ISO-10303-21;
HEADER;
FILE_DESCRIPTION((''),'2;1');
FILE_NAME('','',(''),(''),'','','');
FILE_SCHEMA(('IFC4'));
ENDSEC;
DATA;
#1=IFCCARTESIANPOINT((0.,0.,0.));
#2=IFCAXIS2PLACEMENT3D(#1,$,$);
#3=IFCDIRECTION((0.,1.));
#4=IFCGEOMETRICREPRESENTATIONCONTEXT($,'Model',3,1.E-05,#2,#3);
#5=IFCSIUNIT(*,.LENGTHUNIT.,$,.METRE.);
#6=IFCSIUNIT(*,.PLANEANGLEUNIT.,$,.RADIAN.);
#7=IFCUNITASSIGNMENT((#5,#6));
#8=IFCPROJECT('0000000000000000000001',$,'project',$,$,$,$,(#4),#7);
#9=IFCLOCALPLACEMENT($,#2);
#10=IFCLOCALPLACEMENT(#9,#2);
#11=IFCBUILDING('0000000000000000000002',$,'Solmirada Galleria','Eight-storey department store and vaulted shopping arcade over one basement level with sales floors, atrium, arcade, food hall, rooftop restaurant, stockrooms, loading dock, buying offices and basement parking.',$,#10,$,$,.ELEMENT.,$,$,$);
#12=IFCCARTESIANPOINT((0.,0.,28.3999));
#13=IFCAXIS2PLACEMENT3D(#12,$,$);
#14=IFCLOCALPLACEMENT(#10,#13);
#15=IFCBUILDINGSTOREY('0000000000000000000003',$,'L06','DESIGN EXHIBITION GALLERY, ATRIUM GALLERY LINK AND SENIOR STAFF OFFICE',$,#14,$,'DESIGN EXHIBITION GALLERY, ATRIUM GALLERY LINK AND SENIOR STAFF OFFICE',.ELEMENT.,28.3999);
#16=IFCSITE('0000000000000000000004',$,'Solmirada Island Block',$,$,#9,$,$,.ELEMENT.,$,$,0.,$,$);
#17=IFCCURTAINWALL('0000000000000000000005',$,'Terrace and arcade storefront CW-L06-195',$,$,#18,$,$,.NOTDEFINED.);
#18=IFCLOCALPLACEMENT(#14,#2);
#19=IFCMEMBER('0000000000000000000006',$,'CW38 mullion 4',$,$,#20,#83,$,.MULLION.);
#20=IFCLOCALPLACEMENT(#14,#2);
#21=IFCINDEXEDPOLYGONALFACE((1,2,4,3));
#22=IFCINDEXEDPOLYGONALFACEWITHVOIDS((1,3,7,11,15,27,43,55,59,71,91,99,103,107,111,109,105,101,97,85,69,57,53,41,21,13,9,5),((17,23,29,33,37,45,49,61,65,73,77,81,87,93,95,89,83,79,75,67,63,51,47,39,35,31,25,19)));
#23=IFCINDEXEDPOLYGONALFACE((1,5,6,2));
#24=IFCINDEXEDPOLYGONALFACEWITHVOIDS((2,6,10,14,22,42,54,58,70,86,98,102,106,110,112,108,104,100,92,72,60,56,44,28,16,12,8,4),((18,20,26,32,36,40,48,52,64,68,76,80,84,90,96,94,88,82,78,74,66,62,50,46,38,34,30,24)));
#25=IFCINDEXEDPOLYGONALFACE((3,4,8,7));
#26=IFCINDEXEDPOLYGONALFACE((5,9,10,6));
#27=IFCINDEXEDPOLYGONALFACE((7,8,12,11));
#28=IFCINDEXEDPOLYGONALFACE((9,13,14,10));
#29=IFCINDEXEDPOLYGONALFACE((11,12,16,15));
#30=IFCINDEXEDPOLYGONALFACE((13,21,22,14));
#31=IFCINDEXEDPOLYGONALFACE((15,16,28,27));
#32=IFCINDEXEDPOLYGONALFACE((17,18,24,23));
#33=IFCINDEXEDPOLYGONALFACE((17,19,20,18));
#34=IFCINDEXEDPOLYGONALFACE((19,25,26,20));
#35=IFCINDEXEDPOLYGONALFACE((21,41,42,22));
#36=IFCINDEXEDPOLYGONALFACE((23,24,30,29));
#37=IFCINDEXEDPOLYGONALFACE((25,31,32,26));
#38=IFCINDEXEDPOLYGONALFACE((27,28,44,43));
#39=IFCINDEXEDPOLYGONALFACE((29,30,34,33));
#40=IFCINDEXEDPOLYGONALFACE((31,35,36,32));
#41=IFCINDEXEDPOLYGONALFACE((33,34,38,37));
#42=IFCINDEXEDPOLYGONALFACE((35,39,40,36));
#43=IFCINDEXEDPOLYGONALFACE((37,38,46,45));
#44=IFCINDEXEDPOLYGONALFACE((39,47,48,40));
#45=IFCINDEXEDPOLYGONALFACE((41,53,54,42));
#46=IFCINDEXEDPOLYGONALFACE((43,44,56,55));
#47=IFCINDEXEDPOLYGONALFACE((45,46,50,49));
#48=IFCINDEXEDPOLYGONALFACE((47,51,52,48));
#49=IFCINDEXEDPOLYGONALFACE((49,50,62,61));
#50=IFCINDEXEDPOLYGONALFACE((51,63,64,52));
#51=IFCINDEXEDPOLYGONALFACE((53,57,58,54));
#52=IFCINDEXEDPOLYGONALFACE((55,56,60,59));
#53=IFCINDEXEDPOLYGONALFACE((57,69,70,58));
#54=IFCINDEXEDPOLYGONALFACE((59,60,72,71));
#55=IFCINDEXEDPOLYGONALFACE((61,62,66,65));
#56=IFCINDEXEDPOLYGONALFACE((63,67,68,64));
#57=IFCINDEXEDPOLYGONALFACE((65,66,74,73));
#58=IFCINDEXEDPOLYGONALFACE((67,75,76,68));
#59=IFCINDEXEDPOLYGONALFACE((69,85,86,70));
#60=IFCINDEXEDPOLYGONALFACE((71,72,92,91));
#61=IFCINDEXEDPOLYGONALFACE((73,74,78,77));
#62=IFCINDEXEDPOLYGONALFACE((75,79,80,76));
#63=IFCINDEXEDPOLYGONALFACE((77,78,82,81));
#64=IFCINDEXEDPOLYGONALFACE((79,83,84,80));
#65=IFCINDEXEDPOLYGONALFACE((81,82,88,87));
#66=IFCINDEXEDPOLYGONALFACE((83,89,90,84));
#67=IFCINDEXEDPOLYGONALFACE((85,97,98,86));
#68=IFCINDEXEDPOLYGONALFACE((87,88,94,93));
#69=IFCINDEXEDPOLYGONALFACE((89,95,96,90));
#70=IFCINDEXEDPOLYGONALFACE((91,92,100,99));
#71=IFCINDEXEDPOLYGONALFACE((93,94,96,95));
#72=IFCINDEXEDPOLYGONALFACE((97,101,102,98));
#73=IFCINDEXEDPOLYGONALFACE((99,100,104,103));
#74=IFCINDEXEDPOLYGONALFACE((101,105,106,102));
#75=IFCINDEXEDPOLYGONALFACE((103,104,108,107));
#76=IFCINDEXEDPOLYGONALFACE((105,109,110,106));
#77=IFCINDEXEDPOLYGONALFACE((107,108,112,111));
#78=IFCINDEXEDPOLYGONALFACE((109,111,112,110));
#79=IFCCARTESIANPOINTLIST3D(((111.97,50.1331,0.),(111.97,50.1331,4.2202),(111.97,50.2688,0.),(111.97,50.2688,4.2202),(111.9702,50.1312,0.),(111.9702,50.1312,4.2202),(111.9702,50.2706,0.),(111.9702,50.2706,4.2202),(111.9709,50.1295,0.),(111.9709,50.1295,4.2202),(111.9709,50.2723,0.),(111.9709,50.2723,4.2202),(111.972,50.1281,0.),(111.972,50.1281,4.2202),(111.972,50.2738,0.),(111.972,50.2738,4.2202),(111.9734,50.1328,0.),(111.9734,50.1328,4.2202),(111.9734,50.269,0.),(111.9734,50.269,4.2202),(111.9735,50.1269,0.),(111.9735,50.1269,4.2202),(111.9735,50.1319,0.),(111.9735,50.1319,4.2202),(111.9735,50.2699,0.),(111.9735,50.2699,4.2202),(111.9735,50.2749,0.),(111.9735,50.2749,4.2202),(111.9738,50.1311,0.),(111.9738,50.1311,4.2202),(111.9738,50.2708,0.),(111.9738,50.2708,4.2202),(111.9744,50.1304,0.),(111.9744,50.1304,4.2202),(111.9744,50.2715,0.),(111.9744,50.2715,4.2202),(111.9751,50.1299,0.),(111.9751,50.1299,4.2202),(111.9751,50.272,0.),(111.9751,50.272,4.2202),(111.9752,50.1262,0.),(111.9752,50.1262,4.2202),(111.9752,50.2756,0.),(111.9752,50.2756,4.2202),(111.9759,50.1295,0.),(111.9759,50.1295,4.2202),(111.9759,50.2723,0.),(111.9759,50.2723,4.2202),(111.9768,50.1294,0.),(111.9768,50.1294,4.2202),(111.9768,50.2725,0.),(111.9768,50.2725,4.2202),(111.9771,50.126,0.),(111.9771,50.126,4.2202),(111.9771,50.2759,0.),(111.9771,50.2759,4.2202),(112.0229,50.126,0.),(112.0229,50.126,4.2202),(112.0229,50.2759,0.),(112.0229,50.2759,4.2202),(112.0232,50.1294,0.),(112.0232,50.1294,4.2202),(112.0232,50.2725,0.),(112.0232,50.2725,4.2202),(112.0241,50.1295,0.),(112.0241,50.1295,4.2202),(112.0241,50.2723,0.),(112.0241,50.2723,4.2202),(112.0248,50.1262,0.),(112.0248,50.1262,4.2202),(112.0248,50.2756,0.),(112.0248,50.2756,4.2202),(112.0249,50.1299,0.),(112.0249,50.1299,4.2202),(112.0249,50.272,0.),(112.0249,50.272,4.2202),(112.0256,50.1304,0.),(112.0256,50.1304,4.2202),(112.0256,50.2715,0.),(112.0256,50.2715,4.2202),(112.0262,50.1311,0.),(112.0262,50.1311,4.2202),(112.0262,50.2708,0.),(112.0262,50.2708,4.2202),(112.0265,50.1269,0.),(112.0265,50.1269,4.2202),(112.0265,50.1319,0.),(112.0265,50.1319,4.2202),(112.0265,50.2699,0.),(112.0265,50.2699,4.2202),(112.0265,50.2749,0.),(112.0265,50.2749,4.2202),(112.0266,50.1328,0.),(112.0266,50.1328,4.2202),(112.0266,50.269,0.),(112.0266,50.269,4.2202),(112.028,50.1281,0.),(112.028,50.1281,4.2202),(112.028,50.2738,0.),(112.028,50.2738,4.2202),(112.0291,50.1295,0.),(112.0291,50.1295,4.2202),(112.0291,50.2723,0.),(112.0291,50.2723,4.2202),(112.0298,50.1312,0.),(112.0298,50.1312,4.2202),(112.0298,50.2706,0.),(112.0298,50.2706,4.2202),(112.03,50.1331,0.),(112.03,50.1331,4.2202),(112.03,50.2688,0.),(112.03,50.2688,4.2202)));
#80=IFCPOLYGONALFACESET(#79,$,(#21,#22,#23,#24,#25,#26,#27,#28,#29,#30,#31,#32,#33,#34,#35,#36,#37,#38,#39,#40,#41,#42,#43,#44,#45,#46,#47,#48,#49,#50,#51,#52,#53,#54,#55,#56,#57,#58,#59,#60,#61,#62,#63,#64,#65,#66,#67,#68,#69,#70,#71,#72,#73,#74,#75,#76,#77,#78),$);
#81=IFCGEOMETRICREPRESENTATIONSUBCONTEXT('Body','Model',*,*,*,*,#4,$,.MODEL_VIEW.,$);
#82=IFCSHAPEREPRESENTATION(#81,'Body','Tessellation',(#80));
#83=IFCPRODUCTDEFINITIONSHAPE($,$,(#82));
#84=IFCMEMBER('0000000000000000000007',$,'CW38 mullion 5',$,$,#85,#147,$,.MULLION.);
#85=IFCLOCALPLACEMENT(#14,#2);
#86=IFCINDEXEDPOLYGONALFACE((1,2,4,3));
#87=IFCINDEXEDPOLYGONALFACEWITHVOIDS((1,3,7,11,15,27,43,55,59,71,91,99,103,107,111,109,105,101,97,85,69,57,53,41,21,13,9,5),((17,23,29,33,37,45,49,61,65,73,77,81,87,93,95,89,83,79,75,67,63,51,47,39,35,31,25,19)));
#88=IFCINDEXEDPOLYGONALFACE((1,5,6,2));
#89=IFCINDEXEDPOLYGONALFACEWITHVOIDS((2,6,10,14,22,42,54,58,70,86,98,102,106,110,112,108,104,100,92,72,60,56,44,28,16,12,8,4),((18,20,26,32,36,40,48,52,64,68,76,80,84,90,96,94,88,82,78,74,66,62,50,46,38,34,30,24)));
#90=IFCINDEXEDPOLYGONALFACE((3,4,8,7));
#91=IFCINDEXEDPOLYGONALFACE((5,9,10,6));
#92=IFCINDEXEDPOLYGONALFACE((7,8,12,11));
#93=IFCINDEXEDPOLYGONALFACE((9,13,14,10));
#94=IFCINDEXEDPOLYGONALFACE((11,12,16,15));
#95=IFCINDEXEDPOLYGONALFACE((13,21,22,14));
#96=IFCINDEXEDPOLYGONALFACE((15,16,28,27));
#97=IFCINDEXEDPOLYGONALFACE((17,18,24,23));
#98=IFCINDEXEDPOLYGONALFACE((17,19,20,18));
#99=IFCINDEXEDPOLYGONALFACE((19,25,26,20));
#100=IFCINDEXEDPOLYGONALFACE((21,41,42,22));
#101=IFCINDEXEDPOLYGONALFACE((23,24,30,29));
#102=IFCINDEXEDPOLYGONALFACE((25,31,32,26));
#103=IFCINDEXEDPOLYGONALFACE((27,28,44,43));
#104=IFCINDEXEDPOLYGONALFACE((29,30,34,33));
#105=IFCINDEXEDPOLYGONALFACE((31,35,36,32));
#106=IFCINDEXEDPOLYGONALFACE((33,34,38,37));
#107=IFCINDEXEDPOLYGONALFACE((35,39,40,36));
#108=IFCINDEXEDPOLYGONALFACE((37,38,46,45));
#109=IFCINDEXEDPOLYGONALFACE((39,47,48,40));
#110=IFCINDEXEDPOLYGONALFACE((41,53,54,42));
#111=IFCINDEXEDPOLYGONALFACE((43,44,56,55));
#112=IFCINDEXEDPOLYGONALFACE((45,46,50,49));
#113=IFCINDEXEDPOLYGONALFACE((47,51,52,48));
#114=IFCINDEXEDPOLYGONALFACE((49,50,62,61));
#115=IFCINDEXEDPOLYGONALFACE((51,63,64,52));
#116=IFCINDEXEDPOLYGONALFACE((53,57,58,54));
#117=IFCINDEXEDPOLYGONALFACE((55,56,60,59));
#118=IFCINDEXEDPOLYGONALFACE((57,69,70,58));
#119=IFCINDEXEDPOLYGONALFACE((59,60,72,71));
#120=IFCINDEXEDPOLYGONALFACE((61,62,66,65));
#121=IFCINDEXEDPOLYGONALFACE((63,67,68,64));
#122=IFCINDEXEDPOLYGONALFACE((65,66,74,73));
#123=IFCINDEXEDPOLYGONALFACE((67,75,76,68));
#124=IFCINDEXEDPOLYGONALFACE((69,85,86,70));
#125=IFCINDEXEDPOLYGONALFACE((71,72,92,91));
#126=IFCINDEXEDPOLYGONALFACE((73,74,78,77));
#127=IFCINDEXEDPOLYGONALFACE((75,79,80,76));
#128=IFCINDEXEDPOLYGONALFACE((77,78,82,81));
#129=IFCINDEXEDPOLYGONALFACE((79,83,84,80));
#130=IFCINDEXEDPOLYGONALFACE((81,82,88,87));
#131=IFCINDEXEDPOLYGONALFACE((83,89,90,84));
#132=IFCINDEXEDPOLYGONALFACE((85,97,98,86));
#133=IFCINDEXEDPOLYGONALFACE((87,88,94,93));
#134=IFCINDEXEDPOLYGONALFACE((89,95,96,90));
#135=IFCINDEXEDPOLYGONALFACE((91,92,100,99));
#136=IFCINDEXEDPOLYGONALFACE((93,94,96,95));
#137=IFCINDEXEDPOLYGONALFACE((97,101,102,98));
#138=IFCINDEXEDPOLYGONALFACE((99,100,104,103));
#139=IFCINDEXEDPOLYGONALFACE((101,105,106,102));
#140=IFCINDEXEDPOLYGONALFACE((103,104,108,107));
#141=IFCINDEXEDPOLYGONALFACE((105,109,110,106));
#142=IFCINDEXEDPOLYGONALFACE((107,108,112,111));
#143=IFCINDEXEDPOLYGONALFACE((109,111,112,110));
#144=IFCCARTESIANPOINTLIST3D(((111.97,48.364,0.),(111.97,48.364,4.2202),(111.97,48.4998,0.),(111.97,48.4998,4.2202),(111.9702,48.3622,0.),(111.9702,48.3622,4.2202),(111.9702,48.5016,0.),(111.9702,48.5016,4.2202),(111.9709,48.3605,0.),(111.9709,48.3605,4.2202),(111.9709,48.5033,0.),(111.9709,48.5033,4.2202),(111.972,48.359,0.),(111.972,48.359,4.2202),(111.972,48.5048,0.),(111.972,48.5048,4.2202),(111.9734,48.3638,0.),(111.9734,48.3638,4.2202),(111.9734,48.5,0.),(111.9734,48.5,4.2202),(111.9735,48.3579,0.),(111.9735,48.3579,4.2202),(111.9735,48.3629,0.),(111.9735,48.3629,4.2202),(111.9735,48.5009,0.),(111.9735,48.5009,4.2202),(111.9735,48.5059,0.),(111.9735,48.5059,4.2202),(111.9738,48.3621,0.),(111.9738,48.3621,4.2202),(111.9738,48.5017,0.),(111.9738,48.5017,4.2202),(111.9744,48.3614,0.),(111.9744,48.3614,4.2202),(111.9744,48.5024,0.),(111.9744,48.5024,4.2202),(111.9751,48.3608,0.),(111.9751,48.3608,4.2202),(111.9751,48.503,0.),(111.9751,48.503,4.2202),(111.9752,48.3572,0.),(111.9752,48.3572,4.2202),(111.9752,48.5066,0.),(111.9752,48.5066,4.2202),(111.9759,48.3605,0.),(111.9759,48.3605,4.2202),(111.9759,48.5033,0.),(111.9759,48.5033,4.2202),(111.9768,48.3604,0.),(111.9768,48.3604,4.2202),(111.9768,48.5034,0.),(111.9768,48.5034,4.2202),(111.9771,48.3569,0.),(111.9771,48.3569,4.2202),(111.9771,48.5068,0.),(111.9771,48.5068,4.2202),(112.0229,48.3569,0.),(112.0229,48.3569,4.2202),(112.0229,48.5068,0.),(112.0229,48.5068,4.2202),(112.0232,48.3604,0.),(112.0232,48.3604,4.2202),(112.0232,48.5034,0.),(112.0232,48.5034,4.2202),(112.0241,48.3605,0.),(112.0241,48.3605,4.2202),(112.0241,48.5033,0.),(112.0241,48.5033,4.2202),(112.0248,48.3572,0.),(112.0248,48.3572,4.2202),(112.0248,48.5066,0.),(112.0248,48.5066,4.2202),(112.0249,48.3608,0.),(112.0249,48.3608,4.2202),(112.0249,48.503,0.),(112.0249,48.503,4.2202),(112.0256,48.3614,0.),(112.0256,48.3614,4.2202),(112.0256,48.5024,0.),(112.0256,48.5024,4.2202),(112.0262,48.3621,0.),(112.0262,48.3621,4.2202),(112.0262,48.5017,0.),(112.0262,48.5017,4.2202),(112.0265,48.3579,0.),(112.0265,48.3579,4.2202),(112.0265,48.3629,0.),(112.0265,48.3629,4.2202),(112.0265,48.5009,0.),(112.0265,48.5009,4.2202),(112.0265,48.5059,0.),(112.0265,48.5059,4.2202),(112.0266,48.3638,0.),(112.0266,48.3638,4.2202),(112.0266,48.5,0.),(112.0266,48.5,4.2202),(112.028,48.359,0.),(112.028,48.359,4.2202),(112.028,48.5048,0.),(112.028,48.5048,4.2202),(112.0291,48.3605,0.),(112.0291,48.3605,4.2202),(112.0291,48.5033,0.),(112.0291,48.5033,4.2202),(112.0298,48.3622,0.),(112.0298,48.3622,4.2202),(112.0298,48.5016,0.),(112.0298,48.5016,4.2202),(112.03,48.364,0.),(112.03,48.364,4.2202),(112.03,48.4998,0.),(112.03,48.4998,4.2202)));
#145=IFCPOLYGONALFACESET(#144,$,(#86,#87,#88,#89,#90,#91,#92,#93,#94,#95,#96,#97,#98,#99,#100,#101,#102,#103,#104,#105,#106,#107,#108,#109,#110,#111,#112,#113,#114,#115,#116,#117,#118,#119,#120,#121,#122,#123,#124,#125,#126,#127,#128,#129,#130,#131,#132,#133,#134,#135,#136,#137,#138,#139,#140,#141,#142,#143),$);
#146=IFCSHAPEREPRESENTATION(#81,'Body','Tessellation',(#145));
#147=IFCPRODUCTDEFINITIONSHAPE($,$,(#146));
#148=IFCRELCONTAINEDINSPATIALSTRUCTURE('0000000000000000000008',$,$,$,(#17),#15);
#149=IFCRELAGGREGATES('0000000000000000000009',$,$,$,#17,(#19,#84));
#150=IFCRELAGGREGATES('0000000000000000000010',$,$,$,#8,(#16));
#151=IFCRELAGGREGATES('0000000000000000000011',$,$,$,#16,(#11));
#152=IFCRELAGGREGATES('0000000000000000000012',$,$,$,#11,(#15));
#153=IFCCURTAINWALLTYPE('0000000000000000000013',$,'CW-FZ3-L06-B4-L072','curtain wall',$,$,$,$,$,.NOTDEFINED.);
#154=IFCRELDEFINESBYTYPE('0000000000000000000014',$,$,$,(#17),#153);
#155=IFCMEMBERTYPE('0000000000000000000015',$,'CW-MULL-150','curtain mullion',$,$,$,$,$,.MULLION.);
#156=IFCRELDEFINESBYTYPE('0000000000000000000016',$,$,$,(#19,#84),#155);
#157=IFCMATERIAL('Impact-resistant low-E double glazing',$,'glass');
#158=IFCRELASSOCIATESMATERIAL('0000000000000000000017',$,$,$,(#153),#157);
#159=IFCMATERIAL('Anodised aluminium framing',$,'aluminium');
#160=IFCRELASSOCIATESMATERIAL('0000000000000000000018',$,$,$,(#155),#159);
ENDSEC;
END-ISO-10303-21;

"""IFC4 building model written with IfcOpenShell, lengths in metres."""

from ifc_helpers import new_model, si_unit, direction, frame, origin, origin_2d, place, context, subcontext, project, spatial, hollow_rectangle, extrude, material, material_profile, profile_set, type_object, element, aggregate, save


model = new_model("IFC4")

# Units and contexts
model_context = context("Model", 3, precision=1e-05, world=origin(), true_north=direction((0.0, 1.0)))
body_context = subcontext(model_context, "Body", "Model", "MODEL_VIEW")
ifc_project = project(units=[si_unit("LENGTHUNIT", "METRE"), si_unit("PLANEANGLEUNIT", "RADIAN")], contexts=[model_context])

# Site, building, storey
site_placement = place(None, origin())
site = spatial("IfcSite", under=ifc_project, at=site_placement, Name="Solmirada Island Block", CompositionType="ELEMENT", RefElevation=0.0)
building_placement = place(site_placement, origin())
building = spatial("IfcBuilding", under=site, at=building_placement, Name="Solmirada Galleria", Description="Eight-storey department store and vaulted shopping arcade over one basement level with sales floors, atrium, arcade, food hall, rooftop restaurant, stockrooms, loading dock, buying offices and basement parking.", CompositionType="ELEMENT")
storey_placement = place(building_placement, frame((0.0, 0.0, 28.3999)))
storey = spatial("IfcBuildingStorey", under=building, at=storey_placement, Name="L06", Description="DESIGN EXHIBITION GALLERY, ATRIUM GALLERY LINK AND SENIOR STAFF OFFICE", LongName="DESIGN EXHIBITION GALLERY, ATRIUM GALLERY LINK AND SENIOR STAFF OFFICE", CompositionType="ELEMENT", Elevation=28.3999)

# Curtain wall, members
ifc_material_1 = material(Name="Impact-resistant low-E double glazing", Category="glass")
curtain_wall_type = type_object("IfcCurtainWallType", Name="CW-FZ3-L06-B4-L072", Description="curtain wall", PredefinedType="NOTDEFINED", material=ifc_material_1)
curtain_wall_1_placement = place(storey_placement, origin())
curtain_wall_1 = element("IfcCurtainWall", 1, at=curtain_wall_1_placement, inside=storey, type_object=curtain_wall_type, Name="Terrace and arcade storefront CW-L06-195", PredefinedType="NOTDEFINED")
ifc_material_2 = material(Name="Anodised aluminium framing", Category="aluminium")
ifc_material_profile_1 = material_profile(ifc_material_2, hollow_rectangle(XDim=0.0601, YDim=0.1499, WallThickness=0.0034, InnerFilletRadius=0.0034, OuterFilletRadius=0.0071, at=origin_2d()), Name="ALU-MULL-150X60")
ifc_profile_set_1 = profile_set([ifc_material_profile_1], Name="Anodised aluminium framing")
member_type_1 = type_object("IfcMemberType", Name="CW-MULL-150", Description="curtain mullion", PredefinedType="MULLION", material=ifc_profile_set_1)
member_1_placement = place(storey_placement, frame((112.0, 50.2009, 0.0), z_axis=(0.0, 0.0, 1.0), x_axis=(1.0, 0.0, 0.0)))
member_1 = element("IfcMember", 2, at=member_1_placement, type_object=member_type_1, Name="CW38 mullion 4", PredefinedType="MULLION", context=body_context, shape_type="SweptSolid", body=[
    extrude(hollow_rectangle(XDim=0.0601, YDim=0.1499, WallThickness=0.0034, InnerFilletRadius=0.0034, OuterFilletRadius=0.0071, at=origin_2d()), origin(), (0.0, 0.0, 1.0), 4.2202),
])
member_2_placement = place(storey_placement, frame((112.0, 48.4319, 0.0), z_axis=(0.0, 0.0, 1.0), x_axis=(1.0, 0.0, 0.0)))
member_2 = element("IfcMember", 3, at=member_2_placement, type_object=member_type_1, Name="CW38 mullion 5", PredefinedType="MULLION", context=body_context, shape_type="SweptSolid", body=[
    extrude(hollow_rectangle(XDim=0.0601, YDim=0.1499, WallThickness=0.0034, InnerFilletRadius=0.0034, OuterFilletRadius=0.0071, at=origin_2d()), origin(), (0.0, 0.0, 1.0), 4.2202),
])

aggregate(curtain_wall_1, [member_1, member_2])

save(model, "model.ifc")
